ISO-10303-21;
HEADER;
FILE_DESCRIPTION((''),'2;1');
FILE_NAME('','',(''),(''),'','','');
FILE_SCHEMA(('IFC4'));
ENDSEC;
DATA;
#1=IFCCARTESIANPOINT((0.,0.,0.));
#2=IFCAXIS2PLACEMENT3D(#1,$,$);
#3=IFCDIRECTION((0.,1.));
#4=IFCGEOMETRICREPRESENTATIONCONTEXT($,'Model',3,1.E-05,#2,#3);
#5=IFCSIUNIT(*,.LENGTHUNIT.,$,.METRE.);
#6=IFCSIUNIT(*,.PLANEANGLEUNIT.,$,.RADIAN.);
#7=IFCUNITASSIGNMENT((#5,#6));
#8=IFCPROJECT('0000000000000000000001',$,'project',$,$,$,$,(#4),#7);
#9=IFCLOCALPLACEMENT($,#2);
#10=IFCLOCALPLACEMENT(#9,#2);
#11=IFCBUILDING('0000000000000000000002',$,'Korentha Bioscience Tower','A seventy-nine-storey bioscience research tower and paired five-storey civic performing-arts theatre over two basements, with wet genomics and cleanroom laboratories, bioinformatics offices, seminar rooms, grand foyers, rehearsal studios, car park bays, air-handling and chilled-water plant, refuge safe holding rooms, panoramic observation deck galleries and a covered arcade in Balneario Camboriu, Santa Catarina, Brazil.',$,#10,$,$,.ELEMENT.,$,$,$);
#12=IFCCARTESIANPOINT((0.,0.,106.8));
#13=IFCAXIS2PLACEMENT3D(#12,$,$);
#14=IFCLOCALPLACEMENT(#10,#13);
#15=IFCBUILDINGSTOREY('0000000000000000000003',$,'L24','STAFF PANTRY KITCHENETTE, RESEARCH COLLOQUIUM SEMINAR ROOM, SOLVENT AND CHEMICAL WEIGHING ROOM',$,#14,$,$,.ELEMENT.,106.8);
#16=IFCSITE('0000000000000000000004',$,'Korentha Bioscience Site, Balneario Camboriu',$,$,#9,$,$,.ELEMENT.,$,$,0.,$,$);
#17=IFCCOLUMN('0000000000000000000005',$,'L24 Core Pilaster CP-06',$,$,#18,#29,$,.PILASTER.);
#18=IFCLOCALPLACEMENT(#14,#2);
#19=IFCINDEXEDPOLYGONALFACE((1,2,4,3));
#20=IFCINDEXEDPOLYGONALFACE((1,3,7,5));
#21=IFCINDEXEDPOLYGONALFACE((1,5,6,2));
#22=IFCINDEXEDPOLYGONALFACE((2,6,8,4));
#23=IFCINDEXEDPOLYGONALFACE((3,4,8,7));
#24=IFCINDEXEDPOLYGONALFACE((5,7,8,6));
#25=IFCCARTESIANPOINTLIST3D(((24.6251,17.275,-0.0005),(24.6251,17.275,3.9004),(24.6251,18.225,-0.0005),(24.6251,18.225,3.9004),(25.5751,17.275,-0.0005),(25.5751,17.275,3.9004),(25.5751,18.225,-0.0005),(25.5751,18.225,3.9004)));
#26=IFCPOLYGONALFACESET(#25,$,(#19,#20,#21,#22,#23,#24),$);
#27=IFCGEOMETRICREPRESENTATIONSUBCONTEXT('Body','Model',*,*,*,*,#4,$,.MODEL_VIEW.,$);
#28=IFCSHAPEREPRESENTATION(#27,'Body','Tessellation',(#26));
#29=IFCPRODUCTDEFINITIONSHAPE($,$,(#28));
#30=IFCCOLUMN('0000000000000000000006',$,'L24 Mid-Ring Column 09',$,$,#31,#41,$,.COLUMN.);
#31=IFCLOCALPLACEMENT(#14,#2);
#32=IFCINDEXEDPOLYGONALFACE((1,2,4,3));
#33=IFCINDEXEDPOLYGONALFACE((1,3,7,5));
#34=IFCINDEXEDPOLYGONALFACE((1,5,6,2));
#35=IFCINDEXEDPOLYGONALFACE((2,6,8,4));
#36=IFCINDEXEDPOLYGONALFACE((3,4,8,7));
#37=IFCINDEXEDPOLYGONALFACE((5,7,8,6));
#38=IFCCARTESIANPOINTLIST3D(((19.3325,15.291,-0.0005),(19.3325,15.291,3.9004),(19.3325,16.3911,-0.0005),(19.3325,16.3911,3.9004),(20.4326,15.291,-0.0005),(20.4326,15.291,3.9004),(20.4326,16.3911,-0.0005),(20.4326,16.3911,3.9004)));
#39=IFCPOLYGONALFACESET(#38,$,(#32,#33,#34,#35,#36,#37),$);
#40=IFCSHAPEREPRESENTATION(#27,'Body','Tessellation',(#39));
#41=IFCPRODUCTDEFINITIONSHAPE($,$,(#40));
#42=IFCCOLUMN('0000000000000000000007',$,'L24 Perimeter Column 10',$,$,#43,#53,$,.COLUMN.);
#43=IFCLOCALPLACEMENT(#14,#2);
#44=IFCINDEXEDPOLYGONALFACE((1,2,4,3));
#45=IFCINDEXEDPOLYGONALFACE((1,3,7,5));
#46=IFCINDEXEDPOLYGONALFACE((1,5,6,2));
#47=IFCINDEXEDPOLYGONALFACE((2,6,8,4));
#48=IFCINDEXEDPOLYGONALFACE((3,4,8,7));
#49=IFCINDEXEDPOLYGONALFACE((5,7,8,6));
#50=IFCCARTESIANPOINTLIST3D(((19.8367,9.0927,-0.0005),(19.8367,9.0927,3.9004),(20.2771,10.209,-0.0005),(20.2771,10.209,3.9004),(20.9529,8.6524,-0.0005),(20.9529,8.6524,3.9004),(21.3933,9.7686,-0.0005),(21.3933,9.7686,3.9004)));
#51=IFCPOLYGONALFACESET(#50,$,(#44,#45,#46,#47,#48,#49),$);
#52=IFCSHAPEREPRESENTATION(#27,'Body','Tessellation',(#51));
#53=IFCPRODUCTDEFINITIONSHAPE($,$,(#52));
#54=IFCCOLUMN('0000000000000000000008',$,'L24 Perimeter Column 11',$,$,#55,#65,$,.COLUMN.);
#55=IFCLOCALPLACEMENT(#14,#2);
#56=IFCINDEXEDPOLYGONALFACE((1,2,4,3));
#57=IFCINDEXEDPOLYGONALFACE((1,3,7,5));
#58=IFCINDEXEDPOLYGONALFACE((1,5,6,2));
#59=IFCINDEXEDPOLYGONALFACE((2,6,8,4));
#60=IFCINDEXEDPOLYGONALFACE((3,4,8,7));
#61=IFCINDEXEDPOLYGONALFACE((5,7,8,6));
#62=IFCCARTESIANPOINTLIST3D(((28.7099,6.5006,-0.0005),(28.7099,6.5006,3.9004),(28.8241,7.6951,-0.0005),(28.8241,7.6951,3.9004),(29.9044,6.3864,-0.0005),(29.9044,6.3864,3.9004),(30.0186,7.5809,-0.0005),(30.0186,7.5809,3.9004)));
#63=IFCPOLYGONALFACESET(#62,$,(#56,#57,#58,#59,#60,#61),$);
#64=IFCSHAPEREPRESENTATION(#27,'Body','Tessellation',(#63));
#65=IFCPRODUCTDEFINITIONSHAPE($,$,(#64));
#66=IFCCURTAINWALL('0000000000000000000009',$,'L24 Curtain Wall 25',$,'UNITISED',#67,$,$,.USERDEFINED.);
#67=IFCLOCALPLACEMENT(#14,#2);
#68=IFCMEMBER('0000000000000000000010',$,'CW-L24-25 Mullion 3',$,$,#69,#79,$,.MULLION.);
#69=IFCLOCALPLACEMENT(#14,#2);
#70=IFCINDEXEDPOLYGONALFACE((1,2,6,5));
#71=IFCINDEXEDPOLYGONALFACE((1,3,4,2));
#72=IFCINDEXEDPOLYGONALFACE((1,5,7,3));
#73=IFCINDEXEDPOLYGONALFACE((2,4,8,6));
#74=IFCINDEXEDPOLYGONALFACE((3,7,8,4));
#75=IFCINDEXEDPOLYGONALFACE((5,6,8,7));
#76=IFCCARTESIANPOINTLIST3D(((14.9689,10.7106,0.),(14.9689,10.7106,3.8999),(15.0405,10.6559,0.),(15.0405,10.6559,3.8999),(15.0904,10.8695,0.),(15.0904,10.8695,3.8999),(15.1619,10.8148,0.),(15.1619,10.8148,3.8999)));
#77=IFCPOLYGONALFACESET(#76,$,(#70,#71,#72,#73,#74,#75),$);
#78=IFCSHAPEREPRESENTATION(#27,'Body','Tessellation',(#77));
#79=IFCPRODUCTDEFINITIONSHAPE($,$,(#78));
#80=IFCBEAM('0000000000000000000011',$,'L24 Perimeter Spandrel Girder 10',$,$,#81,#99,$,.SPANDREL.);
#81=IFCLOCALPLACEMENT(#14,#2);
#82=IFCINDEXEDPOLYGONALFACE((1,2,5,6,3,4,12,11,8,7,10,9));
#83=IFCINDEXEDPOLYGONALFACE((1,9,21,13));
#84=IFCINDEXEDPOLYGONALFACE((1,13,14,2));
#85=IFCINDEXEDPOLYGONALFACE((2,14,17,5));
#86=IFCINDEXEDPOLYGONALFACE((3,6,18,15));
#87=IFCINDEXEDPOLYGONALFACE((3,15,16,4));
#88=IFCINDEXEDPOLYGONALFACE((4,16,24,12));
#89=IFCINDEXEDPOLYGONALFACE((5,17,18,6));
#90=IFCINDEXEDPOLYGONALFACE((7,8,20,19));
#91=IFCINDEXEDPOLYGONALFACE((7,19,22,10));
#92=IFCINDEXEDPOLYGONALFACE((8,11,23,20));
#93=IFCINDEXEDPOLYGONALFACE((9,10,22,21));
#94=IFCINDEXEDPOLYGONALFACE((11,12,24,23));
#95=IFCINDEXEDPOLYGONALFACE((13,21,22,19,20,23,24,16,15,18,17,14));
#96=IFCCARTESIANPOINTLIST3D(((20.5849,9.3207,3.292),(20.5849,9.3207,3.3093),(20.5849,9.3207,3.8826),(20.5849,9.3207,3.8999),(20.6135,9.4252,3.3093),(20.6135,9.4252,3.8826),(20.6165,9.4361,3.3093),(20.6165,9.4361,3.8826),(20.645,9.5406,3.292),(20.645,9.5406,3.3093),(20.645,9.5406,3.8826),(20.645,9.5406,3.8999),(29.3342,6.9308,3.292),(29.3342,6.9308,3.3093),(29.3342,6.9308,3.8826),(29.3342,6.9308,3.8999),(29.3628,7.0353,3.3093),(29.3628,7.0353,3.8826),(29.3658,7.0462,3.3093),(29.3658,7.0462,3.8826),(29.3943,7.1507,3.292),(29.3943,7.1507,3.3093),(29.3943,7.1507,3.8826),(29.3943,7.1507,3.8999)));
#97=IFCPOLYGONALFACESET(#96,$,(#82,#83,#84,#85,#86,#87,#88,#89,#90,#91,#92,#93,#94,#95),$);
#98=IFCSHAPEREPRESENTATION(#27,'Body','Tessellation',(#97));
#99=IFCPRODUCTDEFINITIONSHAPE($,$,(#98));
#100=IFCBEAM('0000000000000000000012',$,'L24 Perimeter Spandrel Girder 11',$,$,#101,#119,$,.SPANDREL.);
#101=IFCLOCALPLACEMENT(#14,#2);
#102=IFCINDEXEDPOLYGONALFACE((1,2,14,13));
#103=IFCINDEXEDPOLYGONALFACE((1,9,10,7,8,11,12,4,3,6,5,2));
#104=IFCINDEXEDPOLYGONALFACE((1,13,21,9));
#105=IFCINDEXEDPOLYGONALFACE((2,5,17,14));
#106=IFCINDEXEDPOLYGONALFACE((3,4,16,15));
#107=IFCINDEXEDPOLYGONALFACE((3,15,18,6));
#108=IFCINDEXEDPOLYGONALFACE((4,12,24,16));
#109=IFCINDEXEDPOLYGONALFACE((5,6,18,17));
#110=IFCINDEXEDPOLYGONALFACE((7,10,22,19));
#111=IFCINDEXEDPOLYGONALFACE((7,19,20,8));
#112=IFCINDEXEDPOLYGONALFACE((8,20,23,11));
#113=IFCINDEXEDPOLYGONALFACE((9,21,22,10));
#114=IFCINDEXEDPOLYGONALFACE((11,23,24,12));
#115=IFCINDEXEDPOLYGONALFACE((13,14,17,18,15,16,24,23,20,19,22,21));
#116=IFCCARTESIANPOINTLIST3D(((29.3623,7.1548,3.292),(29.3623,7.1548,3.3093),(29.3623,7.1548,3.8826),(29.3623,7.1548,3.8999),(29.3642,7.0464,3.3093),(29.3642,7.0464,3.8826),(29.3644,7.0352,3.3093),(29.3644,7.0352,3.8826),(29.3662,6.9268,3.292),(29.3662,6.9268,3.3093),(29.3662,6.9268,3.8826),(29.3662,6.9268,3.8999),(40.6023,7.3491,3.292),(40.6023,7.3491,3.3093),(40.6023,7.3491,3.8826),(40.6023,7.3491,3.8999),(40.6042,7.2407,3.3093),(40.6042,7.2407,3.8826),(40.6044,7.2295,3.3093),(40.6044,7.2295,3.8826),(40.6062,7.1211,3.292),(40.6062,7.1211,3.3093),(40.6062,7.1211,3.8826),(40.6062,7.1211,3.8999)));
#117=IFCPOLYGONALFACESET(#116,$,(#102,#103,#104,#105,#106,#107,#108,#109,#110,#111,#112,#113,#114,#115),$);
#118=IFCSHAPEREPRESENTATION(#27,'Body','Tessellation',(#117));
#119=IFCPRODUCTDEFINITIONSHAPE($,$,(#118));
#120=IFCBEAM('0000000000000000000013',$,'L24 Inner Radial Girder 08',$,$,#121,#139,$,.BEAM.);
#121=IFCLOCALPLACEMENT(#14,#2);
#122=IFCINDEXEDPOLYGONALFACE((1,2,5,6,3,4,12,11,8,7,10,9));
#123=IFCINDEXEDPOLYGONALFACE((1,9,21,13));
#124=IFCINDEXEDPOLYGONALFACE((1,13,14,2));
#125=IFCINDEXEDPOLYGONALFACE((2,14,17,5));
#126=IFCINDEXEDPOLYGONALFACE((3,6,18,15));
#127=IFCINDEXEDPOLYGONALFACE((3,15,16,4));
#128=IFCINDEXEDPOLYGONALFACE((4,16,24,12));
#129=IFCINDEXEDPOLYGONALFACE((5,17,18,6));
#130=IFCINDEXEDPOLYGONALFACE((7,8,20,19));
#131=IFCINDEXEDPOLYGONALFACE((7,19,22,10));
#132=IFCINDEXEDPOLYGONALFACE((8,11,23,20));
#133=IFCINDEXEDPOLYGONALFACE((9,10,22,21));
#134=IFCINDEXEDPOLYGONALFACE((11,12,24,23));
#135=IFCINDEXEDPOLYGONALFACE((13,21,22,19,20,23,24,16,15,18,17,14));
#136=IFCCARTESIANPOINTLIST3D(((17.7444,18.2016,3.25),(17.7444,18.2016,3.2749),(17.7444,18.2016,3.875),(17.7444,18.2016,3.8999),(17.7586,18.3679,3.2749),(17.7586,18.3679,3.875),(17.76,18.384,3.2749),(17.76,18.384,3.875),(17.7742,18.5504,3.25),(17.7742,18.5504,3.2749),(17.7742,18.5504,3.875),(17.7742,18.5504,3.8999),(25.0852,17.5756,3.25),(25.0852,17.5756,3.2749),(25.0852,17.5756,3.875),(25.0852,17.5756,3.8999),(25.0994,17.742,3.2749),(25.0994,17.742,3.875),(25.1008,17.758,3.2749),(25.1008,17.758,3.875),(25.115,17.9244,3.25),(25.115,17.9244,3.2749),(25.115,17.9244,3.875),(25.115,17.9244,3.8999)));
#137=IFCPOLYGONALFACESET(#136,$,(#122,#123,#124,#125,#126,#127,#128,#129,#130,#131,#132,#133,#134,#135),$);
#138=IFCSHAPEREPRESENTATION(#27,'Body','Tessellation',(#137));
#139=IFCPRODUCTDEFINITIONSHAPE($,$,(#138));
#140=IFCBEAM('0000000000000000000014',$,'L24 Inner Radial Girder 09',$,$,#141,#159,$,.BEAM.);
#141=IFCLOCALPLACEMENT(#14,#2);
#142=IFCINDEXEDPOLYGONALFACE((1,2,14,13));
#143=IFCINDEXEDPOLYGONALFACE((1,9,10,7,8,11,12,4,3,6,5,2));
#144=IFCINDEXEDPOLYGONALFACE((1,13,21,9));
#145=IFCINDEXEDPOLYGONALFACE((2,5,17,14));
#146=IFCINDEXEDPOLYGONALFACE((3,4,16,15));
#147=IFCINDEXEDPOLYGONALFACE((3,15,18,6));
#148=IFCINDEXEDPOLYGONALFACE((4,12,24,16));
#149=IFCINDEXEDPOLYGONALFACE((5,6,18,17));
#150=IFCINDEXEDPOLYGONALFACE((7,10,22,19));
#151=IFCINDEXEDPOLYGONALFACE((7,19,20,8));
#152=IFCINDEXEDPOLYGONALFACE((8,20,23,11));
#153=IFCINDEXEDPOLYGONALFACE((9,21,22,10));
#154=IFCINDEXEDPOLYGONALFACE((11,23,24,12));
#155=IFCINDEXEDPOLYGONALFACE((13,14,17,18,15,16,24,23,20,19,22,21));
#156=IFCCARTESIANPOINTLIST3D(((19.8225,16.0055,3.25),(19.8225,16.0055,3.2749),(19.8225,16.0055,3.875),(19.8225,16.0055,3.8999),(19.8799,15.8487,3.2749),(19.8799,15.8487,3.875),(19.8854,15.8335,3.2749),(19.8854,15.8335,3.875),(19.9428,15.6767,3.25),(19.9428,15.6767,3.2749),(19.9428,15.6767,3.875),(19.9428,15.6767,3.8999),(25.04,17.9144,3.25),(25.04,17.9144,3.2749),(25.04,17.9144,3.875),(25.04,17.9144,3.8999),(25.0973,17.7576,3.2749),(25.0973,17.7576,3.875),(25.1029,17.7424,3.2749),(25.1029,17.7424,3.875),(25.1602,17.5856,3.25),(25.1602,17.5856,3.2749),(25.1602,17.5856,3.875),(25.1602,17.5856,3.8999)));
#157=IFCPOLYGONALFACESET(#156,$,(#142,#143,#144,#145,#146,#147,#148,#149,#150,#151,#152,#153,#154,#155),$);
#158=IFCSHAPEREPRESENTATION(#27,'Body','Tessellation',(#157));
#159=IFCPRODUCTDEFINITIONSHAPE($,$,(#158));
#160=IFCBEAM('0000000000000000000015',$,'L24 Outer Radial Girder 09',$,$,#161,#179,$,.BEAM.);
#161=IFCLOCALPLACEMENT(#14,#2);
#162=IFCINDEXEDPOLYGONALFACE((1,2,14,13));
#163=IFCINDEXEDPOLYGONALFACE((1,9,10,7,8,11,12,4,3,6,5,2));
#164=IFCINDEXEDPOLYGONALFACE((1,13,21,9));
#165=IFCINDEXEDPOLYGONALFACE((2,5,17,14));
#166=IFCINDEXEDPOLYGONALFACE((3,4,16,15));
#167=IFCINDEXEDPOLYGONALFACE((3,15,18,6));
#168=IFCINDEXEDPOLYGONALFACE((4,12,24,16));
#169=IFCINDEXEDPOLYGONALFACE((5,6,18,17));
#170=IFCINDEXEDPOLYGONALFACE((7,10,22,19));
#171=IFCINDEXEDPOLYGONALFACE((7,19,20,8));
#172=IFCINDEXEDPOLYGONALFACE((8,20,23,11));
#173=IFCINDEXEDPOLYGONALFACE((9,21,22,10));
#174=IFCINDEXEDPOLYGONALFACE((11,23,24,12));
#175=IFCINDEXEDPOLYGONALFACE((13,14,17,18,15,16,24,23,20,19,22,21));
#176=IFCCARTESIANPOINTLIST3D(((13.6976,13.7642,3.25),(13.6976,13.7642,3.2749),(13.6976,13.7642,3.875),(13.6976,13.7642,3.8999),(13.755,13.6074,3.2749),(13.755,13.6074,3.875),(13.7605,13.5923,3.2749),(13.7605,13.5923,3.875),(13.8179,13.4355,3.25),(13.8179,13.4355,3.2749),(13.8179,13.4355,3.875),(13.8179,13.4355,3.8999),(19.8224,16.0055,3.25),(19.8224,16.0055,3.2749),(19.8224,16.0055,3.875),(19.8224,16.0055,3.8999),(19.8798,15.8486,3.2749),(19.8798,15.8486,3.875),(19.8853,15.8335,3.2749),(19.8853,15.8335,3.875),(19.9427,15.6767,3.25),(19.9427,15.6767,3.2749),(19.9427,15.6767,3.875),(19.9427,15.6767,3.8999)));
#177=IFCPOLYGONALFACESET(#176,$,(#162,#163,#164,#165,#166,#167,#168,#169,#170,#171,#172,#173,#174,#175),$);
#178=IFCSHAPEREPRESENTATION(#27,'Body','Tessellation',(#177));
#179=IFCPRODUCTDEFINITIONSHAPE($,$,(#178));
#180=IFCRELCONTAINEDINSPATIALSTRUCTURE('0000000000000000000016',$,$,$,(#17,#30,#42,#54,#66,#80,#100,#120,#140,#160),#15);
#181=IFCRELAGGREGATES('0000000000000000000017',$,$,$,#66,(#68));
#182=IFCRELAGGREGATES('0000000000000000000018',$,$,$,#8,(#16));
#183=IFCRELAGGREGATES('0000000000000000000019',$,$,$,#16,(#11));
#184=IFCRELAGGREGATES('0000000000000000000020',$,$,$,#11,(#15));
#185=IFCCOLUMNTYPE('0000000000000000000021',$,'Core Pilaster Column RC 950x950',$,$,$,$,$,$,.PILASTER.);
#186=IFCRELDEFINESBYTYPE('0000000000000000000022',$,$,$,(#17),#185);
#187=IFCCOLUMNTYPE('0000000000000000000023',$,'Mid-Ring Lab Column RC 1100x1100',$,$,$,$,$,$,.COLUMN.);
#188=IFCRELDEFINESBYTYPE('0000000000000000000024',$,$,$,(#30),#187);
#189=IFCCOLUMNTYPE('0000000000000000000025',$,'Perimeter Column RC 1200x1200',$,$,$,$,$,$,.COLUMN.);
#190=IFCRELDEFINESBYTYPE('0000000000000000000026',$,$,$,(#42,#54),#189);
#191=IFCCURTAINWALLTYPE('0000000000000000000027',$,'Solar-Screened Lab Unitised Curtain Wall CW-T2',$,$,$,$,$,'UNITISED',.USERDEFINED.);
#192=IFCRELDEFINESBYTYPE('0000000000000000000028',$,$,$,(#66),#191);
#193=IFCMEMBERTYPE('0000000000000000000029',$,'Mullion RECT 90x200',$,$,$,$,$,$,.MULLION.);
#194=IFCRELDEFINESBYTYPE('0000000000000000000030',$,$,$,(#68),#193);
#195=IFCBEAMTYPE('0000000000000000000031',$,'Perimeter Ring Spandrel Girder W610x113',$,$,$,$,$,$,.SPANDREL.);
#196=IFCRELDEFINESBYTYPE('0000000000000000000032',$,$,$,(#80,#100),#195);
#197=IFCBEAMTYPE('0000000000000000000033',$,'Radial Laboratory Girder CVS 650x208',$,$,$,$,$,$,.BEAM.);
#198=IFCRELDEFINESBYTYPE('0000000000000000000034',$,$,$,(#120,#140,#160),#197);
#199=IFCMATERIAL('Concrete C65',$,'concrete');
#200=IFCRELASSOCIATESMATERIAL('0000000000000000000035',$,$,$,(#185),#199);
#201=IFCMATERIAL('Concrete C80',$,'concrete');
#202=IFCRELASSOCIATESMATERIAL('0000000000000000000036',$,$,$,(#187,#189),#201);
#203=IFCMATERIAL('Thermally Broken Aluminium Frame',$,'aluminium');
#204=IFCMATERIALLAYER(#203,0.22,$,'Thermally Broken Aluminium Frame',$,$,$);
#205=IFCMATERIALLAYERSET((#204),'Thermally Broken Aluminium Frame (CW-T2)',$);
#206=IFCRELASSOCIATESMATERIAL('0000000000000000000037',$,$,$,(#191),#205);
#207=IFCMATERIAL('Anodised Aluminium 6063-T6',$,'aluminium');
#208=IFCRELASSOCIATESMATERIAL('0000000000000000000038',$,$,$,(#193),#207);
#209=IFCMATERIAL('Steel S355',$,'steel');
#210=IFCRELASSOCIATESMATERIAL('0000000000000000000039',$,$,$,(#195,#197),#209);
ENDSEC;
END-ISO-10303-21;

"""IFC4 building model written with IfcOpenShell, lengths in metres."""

from ifc_helpers import new_model, si_unit, direction, frame, origin, origin_2d, place, context, subcontext, project, spatial, rectangle, i_section, extrude, material, layer, layer_set, material_profile, profile_set, type_object, element, aggregate, save


model = new_model("IFC4")

# Units and contexts
model_context = context("Model", 3, precision=1e-05, world=origin(), true_north=direction((0.0, 1.0)))
body_context = subcontext(model_context, "Body", "Model", "MODEL_VIEW")
ifc_project = project(units=[si_unit("LENGTHUNIT", "METRE"), si_unit("PLANEANGLEUNIT", "RADIAN")], contexts=[model_context])

# Site, building, storey
site_placement = place(None, origin())
site = spatial("IfcSite", under=ifc_project, at=site_placement, Name="Korentha Bioscience Site, Balneario Camboriu", CompositionType="ELEMENT", RefElevation=0.0)
building_placement = place(site_placement, origin())
building = spatial("IfcBuilding", under=site, at=building_placement, Name="Korentha Bioscience Tower", Description="A seventy-nine-storey bioscience research tower and paired five-storey civic performing-arts theatre over two basements, with wet genomics and cleanroom laboratories, bioinformatics offices, seminar rooms, grand foyers, rehearsal studios, car park bays, air-handling and chilled-water plant, refuge safe holding rooms, panoramic observation deck galleries and a covered arcade in Balneario Camboriu, Santa Catarina, Brazil.", CompositionType="ELEMENT")
storey_placement = place(building_placement, frame((0.0, 0.0, 106.8)))
storey = spatial("IfcBuildingStorey", under=building, at=storey_placement, Name="L24", Description="STAFF PANTRY KITCHENETTE, RESEARCH COLLOQUIUM SEMINAR ROOM, SOLVENT AND CHEMICAL WEIGHING ROOM", CompositionType="ELEMENT", Elevation=106.8)

# Columns
ifc_material_1 = material(Name="Concrete C65", Category="concrete")
ifc_material_profile_1 = material_profile(ifc_material_1, rectangle(XDim=0.95, YDim=0.95, at=origin_2d()), Name="Concrete C65")
ifc_profile_set_1 = profile_set([ifc_material_profile_1], Name="Concrete C65 (COL-CP09)")
column_type_1 = type_object("IfcColumnType", Name="Core Pilaster Column RC 950x950", PredefinedType="PILASTER", material=ifc_profile_set_1)
column_1_placement = place(storey_placement, frame((25.1001, 17.75, -0.0005), z_axis=(0.0, 0.0, 1.0), x_axis=(1.0, 0.0, 0.0)))
element("IfcColumn", 1, at=column_1_placement, inside=storey, type_object=column_type_1, Name="L24 Core Pilaster CP-06", PredefinedType="PILASTER", context=body_context, shape_type="SweptSolid", body=[
    extrude(rectangle(XDim=0.95, YDim=0.95, at=origin_2d()), origin(), (0.0, 0.0, 1.0), 3.9009),
])
ifc_material_2 = material(Name="Concrete C80", Category="concrete")
ifc_material_profile_2 = material_profile(ifc_material_2, rectangle(XDim=1.1001, YDim=1.1001, at=origin_2d()), Name="Concrete C80")
ifc_profile_set_2 = profile_set([ifc_material_profile_2], Name="Concrete C80 (COL-MR11)")
column_type_2 = type_object("IfcColumnType", Name="Mid-Ring Lab Column RC 1100x1100", PredefinedType="COLUMN", material=ifc_profile_set_2)
column_2_placement = place(storey_placement, frame((19.8826, 15.8411, -0.0005), z_axis=(0.0, 0.0, 1.0), x_axis=(1.0, 0.0, 0.0)))
element("IfcColumn", 2, at=column_2_placement, inside=storey, type_object=column_type_2, Name="L24 Mid-Ring Column 09", PredefinedType="COLUMN", context=body_context, shape_type="SweptSolid", body=[
    extrude(rectangle(XDim=1.1001, YDim=1.1001, at=origin_2d()), origin(), (0.0, 0.0, 1.0), 3.9009),
])
ifc_material_profile_3 = material_profile(ifc_material_2, rectangle(XDim=1.2, YDim=1.2, at=origin_2d()), Name="Concrete C80")
ifc_profile_set_3 = profile_set([ifc_material_profile_3], Name="Concrete C80 (COL-P12)")
column_type_3 = type_object("IfcColumnType", Name="Perimeter Column RC 1200x1200", PredefinedType="COLUMN", material=ifc_profile_set_3)
for number, where, z_axis, x_axis, name in (
    (3, (20.615, 9.4307, -0.0005), (0.0, 0.0, 1.0), (-0.930226, 0.366988, 0.0), "L24 Perimeter Column 10"),
    (4, (29.3643, 7.0408, -0.0005), (0.0, 0.0, 1.0), (-0.995463, 0.095151, 0.0), "L24 Perimeter Column 11"),
):
    element("IfcColumn", number, at=place(storey_placement, frame(where, z_axis=z_axis, x_axis=x_axis)), inside=storey, type_object=column_type_3, Name=name, PredefinedType="COLUMN", context=body_context, shape_type="SweptSolid", body=[
        extrude(rectangle(XDim=1.2, YDim=1.2, at=origin_2d()), origin(), (0.0, 0.0, 1.0), 3.9009),
    ])

# Curtain wall, member
ifc_material_3 = material(Name="Thermally Broken Aluminium Frame", Category="aluminium")
ifc_layer_1 = layer(ifc_material_3, 0.22, Name="Thermally Broken Aluminium Frame")
ifc_layer_set_1 = layer_set([ifc_layer_1], Name="Thermally Broken Aluminium Frame (CW-T2)")
curtain_wall_type = type_object("IfcCurtainWallType", Name="Solar-Screened Lab Unitised Curtain Wall CW-T2", ElementType="UNITISED", PredefinedType="USERDEFINED", material=ifc_layer_set_1)
curtain_wall_placement = place(storey_placement, origin())
curtain_wall = element("IfcCurtainWall", 5, at=curtain_wall_placement, inside=storey, type_object=curtain_wall_type, Name="L24 Curtain Wall 25", ObjectType="UNITISED", PredefinedType="USERDEFINED")
ifc_material_4 = material(Name="Anodised Aluminium 6063-T6", Category="aluminium")
ifc_material_profile_4 = material_profile(ifc_material_4, rectangle(XDim=0.0901, YDim=0.2, at=origin_2d()), Name="Anodised Aluminium 6063-T6")
ifc_profile_set_4 = profile_set([ifc_material_profile_4], Name="Anodised Aluminium 6063-T6 (CW-MUL)")
member_type = type_object("IfcMemberType", Name="Mullion RECT 90x200", PredefinedType="MULLION", material=ifc_profile_set_4)
member_placement = place(storey_placement, frame((15.0654, 10.7627, 0.0), z_axis=(0.0, 0.0, 1.0), x_axis=(0.7945, -0.607265, 0.0)))
member = element("IfcMember", 6, at=member_placement, type_object=member_type, Name="CW-L24-25 Mullion 3", PredefinedType="MULLION", context=body_context, shape_type="SweptSolid", body=[
    extrude(rectangle(XDim=0.0901, YDim=0.2, at=origin_2d()), origin(), (0.0, 0.0, 1.0), 3.8999),
])

# Beams
ifc_material_5 = material(Name="Steel S355", Category="steel")
ifc_material_profile_5 = material_profile(ifc_material_5, i_section(OverallWidth=0.228, OverallDepth=0.6079, WebThickness=0.0112, FlangeThickness=0.0173, at=origin_2d()), Name="Steel S355")
ifc_profile_set_5 = profile_set([ifc_material_profile_5], Name="Steel S355 (SB-610)")
beam_type_1 = type_object("IfcBeamType", Name="Perimeter Ring Spandrel Girder W610x113", PredefinedType="SPANDREL", material=ifc_profile_set_5)
beam_1_placement = place(storey_placement, frame((20.615, 9.4307, 3.5959), z_axis=(0.964659, -0.2635, 0.0), x_axis=(0.2635, 0.964659, 0.0)))
element("IfcBeam", 7, at=beam_1_placement, inside=storey, type_object=beam_type_1, Name="L24 Perimeter Spandrel Girder 10", PredefinedType="SPANDREL", context=body_context, shape_type="SweptSolid", body=[
    extrude(i_section(OverallWidth=0.228, OverallDepth=0.6079, WebThickness=0.0112, FlangeThickness=0.0173, at=origin_2d()), origin(), (0.0, 0.0, 1.0), 9.0698),
])
beam_2_placement = place(storey_placement, frame((29.3643, 7.0408, 3.5959), z_axis=(0.999851, 0.017287, 0.0), x_axis=(-0.017287, 0.999851, 0.0)))
element("IfcBeam", 8, at=beam_2_placement, inside=storey, type_object=beam_type_1, Name="L24 Perimeter Spandrel Girder 11", PredefinedType="SPANDREL", context=body_context, shape_type="SweptSolid", body=[
    extrude(i_section(OverallWidth=0.228, OverallDepth=0.6079, WebThickness=0.0112, FlangeThickness=0.0173, at=origin_2d()), origin(), (0.0, 0.0, 1.0), 11.2417),
])
ifc_material_profile_6 = material_profile(ifc_material_5, i_section(OverallWidth=0.3501, OverallDepth=0.6499, WebThickness=0.0161, FlangeThickness=0.0249, at=origin_2d()), Name="Steel S355")
ifc_profile_set_6 = profile_set([ifc_material_profile_6], Name="Steel S355 (RB-650)")
beam_type_2 = type_object("IfcBeamType", Name="Radial Laboratory Girder CVS 650x208", PredefinedType="BEAM", material=ifc_profile_set_6)
beam_3_placement = place(storey_placement, frame((25.1001, 17.75, 3.575), z_axis=(-0.996384, 0.084965, 0.0), x_axis=(-0.084965, -0.996384, 0.0)))
element("IfcBeam", 9, at=beam_3_placement, inside=storey, type_object=beam_type_2, Name="L24 Inner Radial Girder 08", PredefinedType="BEAM", context=body_context, shape_type="SweptSolid", body=[
    extrude(i_section(OverallWidth=0.3501, OverallDepth=0.6499, WebThickness=0.0161, FlangeThickness=0.0249, at=origin_2d()), origin(), (0.0, 0.0, 1.0), 7.3674),
])
beam_4_placement = place(storey_placement, frame((25.1001, 17.75, 3.575), z_axis=(-0.939118, -0.343595, 0.0), x_axis=(0.343595, -0.939118, 0.0)))
element("IfcBeam", 10, at=beam_4_placement, inside=storey, type_object=beam_type_2, Name="L24 Inner Radial Girder 09", PredefinedType="BEAM", context=body_context, shape_type="SweptSolid", body=[
    extrude(i_section(OverallWidth=0.3501, OverallDepth=0.6499, WebThickness=0.0161, FlangeThickness=0.0249, at=origin_2d()), origin(), (0.0, 0.0, 1.0), 5.5557),
])
beam_5_placement = place(storey_placement, frame((19.8826, 15.8411, 3.575), z_axis=(-0.939101, -0.343642, 0.0), x_axis=(0.343642, -0.939101, 0.0)))
element("IfcBeam", 11, at=beam_5_placement, inside=storey, type_object=beam_type_2, Name="L24 Outer Radial Girder 09", PredefinedType="BEAM", context=body_context, shape_type="SweptSolid", body=[
    extrude(i_section(OverallWidth=0.3501, OverallDepth=0.6499, WebThickness=0.0161, FlangeThickness=0.0249, at=origin_2d()), origin(), (0.0, 0.0, 1.0), 6.522),
])

aggregate(curtain_wall, [member])

save(model, "model.ifc")
